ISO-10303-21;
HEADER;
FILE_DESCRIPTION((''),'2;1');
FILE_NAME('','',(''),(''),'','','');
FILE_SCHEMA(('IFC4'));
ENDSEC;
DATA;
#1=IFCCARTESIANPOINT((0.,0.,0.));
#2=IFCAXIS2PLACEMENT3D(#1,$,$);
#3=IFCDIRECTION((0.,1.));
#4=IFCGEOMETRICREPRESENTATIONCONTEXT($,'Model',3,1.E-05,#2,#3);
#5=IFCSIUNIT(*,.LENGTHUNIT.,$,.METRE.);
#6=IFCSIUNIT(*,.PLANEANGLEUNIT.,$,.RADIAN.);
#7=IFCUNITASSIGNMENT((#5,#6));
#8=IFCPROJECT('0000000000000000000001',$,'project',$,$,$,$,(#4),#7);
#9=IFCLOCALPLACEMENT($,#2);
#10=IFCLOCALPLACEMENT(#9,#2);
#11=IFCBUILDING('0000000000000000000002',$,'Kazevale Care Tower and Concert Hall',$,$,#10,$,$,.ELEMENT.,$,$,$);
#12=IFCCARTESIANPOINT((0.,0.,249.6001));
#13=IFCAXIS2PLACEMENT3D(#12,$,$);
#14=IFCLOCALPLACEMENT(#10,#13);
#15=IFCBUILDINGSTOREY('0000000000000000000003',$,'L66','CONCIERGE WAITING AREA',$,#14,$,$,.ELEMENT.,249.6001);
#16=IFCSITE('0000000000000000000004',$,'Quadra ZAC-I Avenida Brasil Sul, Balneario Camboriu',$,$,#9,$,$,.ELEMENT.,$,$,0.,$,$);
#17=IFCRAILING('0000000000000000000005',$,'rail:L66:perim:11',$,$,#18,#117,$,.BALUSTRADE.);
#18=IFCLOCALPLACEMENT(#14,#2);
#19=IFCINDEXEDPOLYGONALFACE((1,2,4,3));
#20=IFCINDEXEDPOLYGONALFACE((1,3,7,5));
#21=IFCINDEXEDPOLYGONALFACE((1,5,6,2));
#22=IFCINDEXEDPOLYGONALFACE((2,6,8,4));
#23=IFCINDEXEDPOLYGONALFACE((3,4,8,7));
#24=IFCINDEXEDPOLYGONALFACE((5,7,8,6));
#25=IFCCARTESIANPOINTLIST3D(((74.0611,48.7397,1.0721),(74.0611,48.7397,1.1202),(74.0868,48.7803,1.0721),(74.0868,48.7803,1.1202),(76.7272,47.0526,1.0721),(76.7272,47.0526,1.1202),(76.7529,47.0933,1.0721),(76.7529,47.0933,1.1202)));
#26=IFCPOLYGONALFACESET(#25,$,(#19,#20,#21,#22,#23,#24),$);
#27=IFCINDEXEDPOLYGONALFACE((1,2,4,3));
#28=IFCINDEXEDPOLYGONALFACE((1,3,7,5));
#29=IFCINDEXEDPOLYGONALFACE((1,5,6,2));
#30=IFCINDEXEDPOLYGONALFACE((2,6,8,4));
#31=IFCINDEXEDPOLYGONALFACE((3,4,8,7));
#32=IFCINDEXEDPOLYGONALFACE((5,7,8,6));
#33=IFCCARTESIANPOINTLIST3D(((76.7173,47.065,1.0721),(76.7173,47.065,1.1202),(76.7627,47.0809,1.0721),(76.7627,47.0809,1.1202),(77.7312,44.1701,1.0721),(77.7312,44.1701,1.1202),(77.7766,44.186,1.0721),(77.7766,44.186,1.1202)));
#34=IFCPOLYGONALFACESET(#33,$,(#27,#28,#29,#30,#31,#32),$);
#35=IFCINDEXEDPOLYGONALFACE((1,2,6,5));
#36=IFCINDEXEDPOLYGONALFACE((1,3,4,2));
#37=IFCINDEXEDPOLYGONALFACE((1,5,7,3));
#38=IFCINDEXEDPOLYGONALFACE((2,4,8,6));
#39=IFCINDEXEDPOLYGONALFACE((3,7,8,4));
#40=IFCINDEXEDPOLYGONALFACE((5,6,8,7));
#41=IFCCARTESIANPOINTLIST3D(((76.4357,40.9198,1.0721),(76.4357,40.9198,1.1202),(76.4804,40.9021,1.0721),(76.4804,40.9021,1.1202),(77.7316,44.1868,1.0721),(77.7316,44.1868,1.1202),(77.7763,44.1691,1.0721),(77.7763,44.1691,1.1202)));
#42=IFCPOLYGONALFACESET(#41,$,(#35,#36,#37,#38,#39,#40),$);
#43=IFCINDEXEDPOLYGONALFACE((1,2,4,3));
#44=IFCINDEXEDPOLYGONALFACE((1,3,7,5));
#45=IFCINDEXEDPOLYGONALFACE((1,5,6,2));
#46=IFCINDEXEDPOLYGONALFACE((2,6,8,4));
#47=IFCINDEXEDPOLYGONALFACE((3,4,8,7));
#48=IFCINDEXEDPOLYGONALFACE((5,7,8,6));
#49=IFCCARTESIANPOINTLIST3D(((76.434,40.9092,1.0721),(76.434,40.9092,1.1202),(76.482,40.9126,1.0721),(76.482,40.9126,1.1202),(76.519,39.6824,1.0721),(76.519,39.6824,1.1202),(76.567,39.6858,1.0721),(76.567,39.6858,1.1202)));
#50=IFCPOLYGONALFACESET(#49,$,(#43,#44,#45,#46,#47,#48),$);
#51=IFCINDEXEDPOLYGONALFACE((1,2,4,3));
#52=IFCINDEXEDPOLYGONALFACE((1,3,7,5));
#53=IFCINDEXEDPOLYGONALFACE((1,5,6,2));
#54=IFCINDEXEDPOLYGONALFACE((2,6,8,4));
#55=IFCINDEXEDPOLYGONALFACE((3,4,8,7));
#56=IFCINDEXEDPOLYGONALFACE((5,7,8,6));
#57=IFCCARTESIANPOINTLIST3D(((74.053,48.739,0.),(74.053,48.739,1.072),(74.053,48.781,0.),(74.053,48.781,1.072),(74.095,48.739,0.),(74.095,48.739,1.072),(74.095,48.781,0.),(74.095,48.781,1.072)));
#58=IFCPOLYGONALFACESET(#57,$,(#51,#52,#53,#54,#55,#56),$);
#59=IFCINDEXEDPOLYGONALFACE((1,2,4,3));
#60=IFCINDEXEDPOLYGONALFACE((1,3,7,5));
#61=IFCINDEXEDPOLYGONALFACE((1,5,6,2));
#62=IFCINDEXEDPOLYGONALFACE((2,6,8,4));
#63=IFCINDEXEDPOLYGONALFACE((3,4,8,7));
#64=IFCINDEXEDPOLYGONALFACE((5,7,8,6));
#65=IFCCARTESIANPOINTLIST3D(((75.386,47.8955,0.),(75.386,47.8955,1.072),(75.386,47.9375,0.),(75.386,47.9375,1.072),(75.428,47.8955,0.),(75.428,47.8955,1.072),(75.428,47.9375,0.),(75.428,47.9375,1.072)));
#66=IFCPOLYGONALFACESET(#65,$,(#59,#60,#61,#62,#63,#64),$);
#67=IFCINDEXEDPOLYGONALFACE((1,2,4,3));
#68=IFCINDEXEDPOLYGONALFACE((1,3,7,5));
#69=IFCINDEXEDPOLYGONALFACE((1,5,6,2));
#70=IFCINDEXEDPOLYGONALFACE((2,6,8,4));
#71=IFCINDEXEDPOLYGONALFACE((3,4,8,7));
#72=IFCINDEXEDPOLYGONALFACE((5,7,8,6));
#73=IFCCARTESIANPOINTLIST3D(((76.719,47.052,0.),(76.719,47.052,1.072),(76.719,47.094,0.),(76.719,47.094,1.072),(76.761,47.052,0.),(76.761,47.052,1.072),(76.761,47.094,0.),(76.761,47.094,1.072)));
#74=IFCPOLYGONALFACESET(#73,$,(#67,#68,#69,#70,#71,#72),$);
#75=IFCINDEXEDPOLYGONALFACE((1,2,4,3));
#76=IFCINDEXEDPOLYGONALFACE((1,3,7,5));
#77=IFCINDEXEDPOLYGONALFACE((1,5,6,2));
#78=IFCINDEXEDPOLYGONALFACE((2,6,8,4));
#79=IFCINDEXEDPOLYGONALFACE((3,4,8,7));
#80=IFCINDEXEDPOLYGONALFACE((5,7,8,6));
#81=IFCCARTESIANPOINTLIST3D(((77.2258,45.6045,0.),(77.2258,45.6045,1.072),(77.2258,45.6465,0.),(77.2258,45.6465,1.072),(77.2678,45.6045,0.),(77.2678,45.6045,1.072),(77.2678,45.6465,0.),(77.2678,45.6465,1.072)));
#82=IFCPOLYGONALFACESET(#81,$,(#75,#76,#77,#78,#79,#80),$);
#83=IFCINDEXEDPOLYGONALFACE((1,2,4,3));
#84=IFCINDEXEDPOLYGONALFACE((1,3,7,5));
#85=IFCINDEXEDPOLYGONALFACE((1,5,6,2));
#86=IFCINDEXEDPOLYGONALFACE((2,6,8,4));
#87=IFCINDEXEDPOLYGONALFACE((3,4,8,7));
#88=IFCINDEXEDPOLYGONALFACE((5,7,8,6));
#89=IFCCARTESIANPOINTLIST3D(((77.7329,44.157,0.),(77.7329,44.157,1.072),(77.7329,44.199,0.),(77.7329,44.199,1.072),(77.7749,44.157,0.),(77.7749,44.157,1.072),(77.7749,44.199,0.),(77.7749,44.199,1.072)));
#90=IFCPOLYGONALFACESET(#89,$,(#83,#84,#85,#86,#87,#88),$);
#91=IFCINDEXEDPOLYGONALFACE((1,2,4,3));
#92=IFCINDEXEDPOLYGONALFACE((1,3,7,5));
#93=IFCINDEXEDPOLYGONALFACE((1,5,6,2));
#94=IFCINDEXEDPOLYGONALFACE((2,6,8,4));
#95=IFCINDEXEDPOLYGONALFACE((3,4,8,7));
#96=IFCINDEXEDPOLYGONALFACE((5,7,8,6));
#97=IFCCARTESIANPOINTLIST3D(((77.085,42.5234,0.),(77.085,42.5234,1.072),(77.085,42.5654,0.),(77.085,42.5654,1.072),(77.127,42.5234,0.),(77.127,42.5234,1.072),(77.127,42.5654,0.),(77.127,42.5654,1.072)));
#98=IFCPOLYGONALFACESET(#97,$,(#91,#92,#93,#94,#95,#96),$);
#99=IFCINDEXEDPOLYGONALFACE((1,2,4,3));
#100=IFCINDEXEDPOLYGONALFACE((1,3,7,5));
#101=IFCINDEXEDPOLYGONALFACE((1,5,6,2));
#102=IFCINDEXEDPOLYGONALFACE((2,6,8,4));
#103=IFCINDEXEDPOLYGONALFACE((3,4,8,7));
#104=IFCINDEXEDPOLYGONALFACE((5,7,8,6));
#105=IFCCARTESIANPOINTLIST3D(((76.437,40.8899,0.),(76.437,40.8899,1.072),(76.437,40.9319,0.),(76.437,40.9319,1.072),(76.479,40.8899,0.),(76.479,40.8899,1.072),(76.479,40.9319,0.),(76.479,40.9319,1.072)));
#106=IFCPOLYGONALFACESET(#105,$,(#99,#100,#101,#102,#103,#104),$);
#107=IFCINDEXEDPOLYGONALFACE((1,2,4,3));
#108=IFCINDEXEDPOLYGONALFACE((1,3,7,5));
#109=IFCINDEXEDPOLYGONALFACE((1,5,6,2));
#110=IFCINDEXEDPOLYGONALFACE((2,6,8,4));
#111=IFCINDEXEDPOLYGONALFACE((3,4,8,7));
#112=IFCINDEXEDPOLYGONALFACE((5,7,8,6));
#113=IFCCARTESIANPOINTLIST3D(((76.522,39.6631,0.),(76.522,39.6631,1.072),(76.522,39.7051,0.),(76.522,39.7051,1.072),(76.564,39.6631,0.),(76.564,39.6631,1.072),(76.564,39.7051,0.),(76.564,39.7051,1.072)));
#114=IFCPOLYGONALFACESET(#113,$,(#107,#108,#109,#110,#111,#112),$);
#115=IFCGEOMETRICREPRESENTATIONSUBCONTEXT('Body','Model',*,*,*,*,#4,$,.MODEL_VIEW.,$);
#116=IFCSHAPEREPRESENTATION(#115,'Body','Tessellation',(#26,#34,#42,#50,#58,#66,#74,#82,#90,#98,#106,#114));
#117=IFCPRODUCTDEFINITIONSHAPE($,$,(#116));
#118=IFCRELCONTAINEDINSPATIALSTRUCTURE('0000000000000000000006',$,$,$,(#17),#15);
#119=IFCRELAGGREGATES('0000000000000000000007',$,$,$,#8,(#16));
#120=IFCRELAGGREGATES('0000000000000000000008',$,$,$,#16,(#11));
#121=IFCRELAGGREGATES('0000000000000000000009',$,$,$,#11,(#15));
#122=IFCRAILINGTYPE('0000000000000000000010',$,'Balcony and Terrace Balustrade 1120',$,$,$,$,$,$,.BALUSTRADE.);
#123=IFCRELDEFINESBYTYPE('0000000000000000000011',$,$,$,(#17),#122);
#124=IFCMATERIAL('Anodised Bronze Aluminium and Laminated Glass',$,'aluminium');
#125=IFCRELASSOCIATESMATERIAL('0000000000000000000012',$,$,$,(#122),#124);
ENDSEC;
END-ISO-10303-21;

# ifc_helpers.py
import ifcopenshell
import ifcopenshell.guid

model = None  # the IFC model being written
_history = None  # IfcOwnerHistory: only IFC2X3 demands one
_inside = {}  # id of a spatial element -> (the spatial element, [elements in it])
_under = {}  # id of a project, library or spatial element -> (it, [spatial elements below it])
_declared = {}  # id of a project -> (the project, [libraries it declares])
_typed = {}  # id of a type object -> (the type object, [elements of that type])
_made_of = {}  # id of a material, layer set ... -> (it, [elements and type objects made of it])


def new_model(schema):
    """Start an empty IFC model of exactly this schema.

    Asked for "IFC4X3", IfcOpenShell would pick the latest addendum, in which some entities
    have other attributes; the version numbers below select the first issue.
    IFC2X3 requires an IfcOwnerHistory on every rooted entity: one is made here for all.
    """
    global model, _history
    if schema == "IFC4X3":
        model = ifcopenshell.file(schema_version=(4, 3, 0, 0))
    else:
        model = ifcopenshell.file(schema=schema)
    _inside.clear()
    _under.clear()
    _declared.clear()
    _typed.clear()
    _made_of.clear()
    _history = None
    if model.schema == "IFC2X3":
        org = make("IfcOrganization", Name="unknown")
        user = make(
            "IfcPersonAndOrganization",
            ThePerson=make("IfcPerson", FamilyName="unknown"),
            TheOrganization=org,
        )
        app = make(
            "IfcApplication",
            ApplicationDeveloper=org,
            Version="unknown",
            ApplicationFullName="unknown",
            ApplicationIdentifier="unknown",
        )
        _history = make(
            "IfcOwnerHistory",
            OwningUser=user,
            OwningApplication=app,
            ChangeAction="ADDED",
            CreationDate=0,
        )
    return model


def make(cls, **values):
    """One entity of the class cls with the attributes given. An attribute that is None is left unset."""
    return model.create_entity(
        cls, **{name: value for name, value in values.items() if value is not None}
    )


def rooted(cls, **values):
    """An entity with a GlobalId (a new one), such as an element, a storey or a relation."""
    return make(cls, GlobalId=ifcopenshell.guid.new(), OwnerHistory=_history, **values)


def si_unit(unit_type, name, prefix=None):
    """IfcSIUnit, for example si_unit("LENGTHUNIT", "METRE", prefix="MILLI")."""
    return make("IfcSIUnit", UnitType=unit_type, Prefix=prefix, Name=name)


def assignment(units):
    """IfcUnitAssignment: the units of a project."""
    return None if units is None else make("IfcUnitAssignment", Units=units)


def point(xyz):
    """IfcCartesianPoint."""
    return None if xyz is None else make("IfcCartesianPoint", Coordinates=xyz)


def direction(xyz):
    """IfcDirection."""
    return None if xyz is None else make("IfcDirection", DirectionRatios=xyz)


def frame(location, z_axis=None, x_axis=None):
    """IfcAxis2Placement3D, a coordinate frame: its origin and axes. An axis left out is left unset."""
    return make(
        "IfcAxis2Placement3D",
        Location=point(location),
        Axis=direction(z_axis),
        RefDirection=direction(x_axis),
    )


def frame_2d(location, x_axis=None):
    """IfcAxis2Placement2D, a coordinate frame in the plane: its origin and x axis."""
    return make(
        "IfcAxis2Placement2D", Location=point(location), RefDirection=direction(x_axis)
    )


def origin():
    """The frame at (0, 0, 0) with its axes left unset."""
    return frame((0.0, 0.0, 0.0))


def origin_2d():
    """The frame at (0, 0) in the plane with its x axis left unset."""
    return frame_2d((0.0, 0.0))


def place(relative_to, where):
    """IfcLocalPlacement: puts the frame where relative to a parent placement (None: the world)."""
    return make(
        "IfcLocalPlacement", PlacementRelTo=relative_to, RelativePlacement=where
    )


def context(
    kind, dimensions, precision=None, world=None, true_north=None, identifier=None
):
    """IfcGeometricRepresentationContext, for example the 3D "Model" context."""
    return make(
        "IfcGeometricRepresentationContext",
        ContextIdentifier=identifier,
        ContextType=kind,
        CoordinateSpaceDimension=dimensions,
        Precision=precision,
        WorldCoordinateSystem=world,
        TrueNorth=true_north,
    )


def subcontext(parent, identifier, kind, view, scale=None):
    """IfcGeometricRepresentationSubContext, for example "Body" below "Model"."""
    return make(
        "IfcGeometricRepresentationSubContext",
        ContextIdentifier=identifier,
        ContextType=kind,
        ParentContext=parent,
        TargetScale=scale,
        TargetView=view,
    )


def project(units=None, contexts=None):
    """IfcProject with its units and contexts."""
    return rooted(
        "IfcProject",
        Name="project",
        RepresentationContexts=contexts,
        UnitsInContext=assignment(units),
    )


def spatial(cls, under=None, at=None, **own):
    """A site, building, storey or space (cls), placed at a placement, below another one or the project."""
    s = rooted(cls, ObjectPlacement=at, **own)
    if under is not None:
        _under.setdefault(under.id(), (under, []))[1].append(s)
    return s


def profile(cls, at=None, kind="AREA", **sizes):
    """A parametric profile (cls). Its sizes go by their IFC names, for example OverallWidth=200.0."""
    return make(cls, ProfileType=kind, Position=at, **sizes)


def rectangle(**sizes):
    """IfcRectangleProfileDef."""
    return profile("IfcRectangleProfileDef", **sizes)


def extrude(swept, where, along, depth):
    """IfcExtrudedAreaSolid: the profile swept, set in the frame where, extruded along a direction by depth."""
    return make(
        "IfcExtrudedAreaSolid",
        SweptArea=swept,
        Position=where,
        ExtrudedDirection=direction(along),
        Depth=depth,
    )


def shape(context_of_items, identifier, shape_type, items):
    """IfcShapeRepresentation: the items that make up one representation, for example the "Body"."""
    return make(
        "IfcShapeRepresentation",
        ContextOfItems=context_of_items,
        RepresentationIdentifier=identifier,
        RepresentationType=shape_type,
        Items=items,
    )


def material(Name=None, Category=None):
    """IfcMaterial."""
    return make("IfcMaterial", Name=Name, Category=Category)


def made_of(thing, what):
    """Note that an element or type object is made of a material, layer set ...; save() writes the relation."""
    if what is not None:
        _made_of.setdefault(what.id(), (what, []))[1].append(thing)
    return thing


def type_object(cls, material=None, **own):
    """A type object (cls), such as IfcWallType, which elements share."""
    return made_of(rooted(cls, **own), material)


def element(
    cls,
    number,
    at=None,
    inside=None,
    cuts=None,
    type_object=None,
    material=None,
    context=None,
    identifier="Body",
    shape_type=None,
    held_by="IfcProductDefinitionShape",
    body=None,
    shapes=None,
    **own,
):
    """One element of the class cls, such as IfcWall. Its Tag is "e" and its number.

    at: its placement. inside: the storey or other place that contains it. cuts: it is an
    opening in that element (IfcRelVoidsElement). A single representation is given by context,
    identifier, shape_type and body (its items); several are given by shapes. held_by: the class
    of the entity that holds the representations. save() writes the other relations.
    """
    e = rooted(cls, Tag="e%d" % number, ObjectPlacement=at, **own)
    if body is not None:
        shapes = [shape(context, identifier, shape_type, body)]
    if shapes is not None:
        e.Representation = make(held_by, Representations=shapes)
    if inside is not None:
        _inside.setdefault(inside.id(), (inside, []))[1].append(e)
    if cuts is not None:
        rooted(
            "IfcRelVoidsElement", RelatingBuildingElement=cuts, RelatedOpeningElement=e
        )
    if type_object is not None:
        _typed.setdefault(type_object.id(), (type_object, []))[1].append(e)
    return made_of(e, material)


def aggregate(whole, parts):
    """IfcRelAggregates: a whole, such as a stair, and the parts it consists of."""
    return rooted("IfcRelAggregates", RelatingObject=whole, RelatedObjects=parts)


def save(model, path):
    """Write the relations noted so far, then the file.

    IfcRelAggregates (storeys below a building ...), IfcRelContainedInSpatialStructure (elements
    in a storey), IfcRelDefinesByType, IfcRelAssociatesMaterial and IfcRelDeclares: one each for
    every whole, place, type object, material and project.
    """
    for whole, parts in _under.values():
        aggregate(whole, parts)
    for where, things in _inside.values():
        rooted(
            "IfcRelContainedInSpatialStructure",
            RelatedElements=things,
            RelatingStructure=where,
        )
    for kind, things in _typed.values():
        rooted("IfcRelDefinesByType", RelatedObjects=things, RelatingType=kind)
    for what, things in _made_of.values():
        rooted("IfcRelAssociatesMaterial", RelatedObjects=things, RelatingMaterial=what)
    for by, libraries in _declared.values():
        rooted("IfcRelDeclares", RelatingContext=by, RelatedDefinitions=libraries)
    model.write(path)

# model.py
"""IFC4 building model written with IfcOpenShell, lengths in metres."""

from ifc_helpers import new_model, si_unit, direction, frame, origin, origin_2d, place, context, subcontext, project, spatial, rectangle, extrude, material, type_object, element, save


model = new_model("IFC4")

# Units and contexts
model_context = context("Model", 3, precision=1e-05, world=origin(), true_north=direction((0.0, 1.0)))
body_context = subcontext(model_context, "Body", "Model", "MODEL_VIEW")
ifc_project = project(units=[si_unit("LENGTHUNIT", "METRE"), si_unit("PLANEANGLEUNIT", "RADIAN")], contexts=[model_context])

# Site, building, storey
site_placement = place(None, origin())
site = spatial("IfcSite", under=ifc_project, at=site_placement, Name="Quadra ZAC-I Avenida Brasil Sul, Balneario Camboriu", CompositionType="ELEMENT", RefElevation=0.0)
building_placement = place(site_placement, origin())
building = spatial("IfcBuilding", under=site, at=building_placement, Name="Kazevale Care Tower and Concert Hall", CompositionType="ELEMENT")
storey_placement = place(building_placement, frame((0.0, 0.0, 249.6001)))
storey = spatial("IfcBuildingStorey", under=building, at=storey_placement, Name="L66", Description="CONCIERGE WAITING AREA", CompositionType="ELEMENT", Elevation=249.6001)

# Railing
ifc_material_1 = material(Name="Anodised Bronze Aluminium and Laminated Glass", Category="aluminium")
railing_type = type_object("IfcRailingType", Name="Balcony and Terrace Balustrade 1120", PredefinedType="BALUSTRADE", material=ifc_material_1)
railing_1_placement = place(storey_placement, frame((74.074, 48.76, 0.0)))
element("IfcRailing", 1, at=railing_1_placement, inside=storey, type_object=railing_type, Name="rail:L66:perim:11", PredefinedType="BALUSTRADE", context=body_context, shape_type="SweptSolid", body=[
    extrude(rectangle(XDim=0.0481, YDim=0.0481, at=origin_2d()), frame((0.0, 0.0, 1.0962), z_axis=(0.845029, -0.534721, 0.0), x_axis=(0.534721, 0.845029, 0.0)), (0.0, 0.0, 1.0), 3.155),
    extrude(rectangle(XDim=0.0481, YDim=0.0481, at=origin_2d()), frame((2.666, -1.687, 1.0962), z_axis=(0.330542, -0.943791, 0.0), x_axis=(0.943791, 0.330542, 0.0)), (0.0, 0.0, 1.0), 3.0674),
    extrude(rectangle(XDim=0.0481, YDim=0.0481, at=origin_2d()), frame((3.6799, -4.582, 1.0962), z_axis=(-0.368706, -0.929546, 0.0), x_axis=(0.929546, -0.368706, 0.0)), (0.0, 0.0, 1.0), 3.5146),
    extrude(rectangle(XDim=0.0481, YDim=0.0481, at=origin_2d()), frame((2.384, -7.8491, 1.0962), z_axis=(0.069088, -0.997611, 0.0), x_axis=(0.997611, 0.069088, 0.0)), (0.0, 0.0, 1.0), 1.2297),
    extrude(rectangle(XDim=0.042, YDim=0.042, at=origin_2d()), origin(), (0.0, 0.0, 1.0), 1.072),
    extrude(rectangle(XDim=0.042, YDim=0.042, at=origin_2d()), frame((1.333, -0.8435, 0.0)), (0.0, 0.0, 1.0), 1.072),
    extrude(rectangle(XDim=0.042, YDim=0.042, at=origin_2d()), frame((2.666, -1.687, 0.0)), (0.0, 0.0, 1.0), 1.072),
    extrude(rectangle(XDim=0.042, YDim=0.042, at=origin_2d()), frame((3.1729, -3.1345, 0.0)), (0.0, 0.0, 1.0), 1.072),
    extrude(rectangle(XDim=0.042, YDim=0.042, at=origin_2d()), frame((3.6799, -4.582, 0.0)), (0.0, 0.0, 1.0), 1.072),
    extrude(rectangle(XDim=0.042, YDim=0.042, at=origin_2d()), frame((3.032, -6.2156, 0.0)), (0.0, 0.0, 1.0), 1.072),
    extrude(rectangle(XDim=0.042, YDim=0.042, at=origin_2d()), frame((2.384, -7.8491, 0.0)), (0.0, 0.0, 1.0), 1.072),
    extrude(rectangle(XDim=0.042, YDim=0.042, at=origin_2d()), frame((2.469, -9.0759, 0.0)), (0.0, 0.0, 1.0), 1.072),
])

save(model, "model.ifc")
